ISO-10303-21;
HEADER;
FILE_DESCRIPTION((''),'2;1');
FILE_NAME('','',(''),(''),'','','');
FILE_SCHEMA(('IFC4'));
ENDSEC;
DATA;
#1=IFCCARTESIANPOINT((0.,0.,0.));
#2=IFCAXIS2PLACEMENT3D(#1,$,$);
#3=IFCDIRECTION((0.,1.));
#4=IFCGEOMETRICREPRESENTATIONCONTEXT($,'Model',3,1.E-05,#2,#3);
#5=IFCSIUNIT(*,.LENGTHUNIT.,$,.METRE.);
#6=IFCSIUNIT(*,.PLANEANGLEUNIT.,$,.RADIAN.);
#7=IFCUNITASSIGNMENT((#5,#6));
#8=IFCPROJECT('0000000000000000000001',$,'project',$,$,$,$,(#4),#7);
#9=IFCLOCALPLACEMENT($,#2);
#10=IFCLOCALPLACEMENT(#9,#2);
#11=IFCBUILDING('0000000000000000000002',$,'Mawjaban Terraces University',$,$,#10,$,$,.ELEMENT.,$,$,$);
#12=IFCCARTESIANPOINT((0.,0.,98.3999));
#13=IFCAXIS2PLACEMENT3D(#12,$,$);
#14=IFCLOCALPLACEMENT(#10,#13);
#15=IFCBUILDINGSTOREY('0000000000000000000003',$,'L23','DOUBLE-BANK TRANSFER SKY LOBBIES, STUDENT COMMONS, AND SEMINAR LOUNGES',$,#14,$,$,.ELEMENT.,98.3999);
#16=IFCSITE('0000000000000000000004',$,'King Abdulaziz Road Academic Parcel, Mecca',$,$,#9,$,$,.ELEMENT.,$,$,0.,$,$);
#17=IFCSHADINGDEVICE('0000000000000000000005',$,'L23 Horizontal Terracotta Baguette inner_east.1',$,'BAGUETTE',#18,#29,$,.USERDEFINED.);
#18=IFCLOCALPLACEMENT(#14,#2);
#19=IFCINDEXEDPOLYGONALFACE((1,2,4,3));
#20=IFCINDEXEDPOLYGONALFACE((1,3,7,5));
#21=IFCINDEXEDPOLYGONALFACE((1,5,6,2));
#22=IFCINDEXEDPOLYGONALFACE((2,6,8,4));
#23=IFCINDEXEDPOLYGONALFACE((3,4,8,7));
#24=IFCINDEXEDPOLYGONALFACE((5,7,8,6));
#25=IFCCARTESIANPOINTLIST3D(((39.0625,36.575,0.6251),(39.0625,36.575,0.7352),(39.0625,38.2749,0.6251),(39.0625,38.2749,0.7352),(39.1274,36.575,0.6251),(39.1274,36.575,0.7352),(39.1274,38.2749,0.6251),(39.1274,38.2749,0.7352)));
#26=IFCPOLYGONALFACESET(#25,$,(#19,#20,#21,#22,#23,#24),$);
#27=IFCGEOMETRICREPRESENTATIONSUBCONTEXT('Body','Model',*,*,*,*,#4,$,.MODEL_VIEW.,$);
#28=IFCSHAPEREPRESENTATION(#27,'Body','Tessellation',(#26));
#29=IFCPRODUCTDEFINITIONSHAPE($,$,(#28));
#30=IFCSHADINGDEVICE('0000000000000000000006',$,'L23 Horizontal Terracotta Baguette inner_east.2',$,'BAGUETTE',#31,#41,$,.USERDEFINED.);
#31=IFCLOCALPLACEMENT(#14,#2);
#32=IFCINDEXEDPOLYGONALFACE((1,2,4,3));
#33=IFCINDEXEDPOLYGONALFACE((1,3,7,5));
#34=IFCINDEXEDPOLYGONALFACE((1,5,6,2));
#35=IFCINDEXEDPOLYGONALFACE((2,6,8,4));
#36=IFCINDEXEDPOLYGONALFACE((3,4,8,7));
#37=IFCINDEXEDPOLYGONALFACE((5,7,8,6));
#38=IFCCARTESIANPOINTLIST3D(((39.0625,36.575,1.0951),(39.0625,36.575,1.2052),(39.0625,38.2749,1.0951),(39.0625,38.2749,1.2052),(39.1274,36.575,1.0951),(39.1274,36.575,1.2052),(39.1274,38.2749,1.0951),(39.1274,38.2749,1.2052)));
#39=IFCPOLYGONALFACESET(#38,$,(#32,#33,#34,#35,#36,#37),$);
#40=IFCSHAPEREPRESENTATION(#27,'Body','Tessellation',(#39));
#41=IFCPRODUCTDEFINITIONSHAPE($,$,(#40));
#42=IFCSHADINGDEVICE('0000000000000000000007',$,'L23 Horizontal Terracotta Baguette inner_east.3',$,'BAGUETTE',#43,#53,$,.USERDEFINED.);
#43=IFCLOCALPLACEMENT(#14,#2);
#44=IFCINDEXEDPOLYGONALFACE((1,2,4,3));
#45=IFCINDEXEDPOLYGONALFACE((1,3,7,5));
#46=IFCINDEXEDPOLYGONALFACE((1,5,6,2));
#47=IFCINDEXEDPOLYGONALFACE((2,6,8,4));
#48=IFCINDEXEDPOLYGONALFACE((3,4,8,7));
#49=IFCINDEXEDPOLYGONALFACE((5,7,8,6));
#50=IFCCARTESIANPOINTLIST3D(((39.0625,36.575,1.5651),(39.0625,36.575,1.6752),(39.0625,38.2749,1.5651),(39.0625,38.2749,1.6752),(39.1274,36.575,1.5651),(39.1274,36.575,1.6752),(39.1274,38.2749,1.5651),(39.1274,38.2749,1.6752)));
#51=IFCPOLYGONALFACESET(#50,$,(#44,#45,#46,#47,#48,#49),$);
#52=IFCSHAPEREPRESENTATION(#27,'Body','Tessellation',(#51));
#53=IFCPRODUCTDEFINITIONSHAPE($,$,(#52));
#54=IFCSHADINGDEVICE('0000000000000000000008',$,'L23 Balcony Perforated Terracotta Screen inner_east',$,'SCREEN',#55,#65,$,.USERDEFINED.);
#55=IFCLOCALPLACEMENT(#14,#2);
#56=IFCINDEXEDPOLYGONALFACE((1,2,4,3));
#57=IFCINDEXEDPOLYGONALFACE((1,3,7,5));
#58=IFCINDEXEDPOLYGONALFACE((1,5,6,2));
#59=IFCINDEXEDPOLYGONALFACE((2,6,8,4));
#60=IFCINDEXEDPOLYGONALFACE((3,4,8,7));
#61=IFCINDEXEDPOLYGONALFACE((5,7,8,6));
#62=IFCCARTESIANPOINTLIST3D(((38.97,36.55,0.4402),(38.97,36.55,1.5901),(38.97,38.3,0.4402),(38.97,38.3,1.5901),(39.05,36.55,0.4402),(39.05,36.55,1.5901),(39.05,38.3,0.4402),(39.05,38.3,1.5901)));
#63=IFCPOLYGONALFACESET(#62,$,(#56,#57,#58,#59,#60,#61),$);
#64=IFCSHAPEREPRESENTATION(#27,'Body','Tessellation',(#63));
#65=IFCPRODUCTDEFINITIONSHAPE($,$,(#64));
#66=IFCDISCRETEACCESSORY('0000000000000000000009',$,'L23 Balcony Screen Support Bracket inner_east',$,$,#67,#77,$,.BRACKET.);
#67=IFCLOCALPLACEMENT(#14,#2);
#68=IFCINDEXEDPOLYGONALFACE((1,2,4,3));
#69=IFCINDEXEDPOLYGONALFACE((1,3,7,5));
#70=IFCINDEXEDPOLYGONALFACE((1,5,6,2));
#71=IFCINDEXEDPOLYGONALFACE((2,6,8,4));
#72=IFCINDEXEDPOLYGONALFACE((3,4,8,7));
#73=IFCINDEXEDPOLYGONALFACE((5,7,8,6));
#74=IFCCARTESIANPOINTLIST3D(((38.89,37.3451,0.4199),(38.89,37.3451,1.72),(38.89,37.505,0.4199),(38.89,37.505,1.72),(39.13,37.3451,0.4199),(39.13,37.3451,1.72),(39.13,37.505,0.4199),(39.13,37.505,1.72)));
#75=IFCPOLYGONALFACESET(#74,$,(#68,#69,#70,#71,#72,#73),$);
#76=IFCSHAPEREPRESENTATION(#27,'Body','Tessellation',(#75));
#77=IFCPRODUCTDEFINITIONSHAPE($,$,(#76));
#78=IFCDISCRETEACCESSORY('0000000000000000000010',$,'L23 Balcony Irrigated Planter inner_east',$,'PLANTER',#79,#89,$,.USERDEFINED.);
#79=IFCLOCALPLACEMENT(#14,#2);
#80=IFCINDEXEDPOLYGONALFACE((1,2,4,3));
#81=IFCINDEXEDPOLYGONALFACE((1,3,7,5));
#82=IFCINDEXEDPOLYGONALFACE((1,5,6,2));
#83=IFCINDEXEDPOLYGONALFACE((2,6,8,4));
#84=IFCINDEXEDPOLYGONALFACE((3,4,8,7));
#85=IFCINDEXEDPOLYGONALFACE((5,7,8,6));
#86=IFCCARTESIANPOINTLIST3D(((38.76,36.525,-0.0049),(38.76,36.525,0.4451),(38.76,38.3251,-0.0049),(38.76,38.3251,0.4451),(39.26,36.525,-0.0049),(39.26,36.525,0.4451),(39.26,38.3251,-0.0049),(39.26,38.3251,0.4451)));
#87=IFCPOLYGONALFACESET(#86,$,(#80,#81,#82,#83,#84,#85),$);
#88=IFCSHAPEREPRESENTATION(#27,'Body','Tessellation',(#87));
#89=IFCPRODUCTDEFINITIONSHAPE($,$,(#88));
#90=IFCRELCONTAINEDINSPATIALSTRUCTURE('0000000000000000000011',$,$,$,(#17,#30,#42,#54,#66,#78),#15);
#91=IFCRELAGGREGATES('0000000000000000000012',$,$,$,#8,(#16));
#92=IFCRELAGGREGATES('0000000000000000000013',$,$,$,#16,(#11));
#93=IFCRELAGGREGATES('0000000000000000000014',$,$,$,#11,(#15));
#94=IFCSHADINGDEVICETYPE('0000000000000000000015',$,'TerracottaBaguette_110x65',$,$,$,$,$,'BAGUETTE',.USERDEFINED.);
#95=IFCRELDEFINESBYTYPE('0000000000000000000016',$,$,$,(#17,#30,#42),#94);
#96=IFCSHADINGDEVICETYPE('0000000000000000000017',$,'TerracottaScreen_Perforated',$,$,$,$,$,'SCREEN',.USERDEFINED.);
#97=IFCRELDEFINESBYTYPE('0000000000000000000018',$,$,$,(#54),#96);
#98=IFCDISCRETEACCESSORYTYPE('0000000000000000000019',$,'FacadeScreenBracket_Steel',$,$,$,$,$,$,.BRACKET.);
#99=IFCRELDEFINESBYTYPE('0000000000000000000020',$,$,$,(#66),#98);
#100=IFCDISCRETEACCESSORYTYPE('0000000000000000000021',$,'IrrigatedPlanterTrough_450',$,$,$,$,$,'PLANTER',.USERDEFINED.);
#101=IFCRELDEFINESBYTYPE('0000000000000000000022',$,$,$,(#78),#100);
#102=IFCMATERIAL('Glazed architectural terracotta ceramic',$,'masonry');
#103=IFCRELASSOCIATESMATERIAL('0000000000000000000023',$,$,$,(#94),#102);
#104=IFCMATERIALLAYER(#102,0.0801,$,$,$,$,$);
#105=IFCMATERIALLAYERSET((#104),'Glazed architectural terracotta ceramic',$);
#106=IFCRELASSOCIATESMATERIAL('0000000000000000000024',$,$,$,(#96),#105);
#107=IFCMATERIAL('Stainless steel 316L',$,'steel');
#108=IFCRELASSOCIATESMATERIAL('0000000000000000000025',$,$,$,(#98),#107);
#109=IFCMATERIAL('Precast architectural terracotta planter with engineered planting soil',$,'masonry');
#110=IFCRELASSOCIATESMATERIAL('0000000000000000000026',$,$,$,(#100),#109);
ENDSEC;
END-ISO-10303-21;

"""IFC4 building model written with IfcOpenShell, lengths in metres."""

from ifc_helpers import new_model, si_unit, direction, frame, origin, origin_2d, place, context, subcontext, project, spatial, rectangle, extrude, material, layer, layer_set, material_profile, profile_set, type_object, element, save


model = new_model("IFC4")

# Units and contexts
model_context = context("Model", 3, precision=1e-05, world=origin(), true_north=direction((0.0, 1.0)))
body_context = subcontext(model_context, "Body", "Model", "MODEL_VIEW")
ifc_project = project(units=[si_unit("LENGTHUNIT", "METRE"), si_unit("PLANEANGLEUNIT", "RADIAN")], contexts=[model_context])

# Site, building, storey
site_placement = place(None, origin())
site = spatial("IfcSite", under=ifc_project, at=site_placement, Name="King Abdulaziz Road Academic Parcel, Mecca", CompositionType="ELEMENT", RefElevation=0.0)
building_placement = place(site_placement, origin())
building = spatial("IfcBuilding", under=site, at=building_placement, Name="Mawjaban Terraces University", CompositionType="ELEMENT")
storey_placement = place(building_placement, frame((0.0, 0.0, 98.3999)))
storey = spatial("IfcBuildingStorey", under=building, at=storey_placement, Name="L23", Description="DOUBLE-BANK TRANSFER SKY LOBBIES, STUDENT COMMONS, AND SEMINAR LOUNGES", CompositionType="ELEMENT", Elevation=98.3999)

# Shading devices
ifc_material_1 = material(Name="Glazed architectural terracotta ceramic", Category="masonry")
ifc_material_profile_1 = material_profile(ifc_material_1, rectangle(XDim=0.0649, YDim=0.1101, at=origin_2d()), Name="TBAG110X65")
ifc_profile_set_1 = profile_set([ifc_material_profile_1], Name="Glazed architectural terracotta ceramic")
shading_device_type_1 = type_object("IfcShadingDeviceType", Name="TerracottaBaguette_110x65", ElementType="BAGUETTE", PredefinedType="USERDEFINED", material=ifc_profile_set_1)
for number, where, z_axis, x_axis, name in (
    (1, (39.095, 36.575, 0.6802), (0.0, 1.0, 0.0), (-1.0, 0.0, 0.0), "L23 Horizontal Terracotta Baguette inner_east.1"),
    (2, (39.095, 36.575, 1.1501), (0.0, 1.0, 0.0), (-1.0, 0.0, 0.0), "L23 Horizontal Terracotta Baguette inner_east.2"),
    (3, (39.095, 36.575, 1.6201), (0.0, 1.0, 0.0), (-1.0, 0.0, 0.0), "L23 Horizontal Terracotta Baguette inner_east.3"),
):
    element("IfcShadingDevice", number, at=place(storey_placement, frame(where, z_axis=z_axis, x_axis=x_axis)), inside=storey, type_object=shading_device_type_1, Name=name, ObjectType="BAGUETTE", PredefinedType="USERDEFINED", context=body_context, shape_type="SweptSolid", body=[
        extrude(rectangle(XDim=0.0649, YDim=0.1101, at=origin_2d()), origin(), (0.0, 0.0, 1.0), 1.7),
    ])
ifc_layer_1 = layer(ifc_material_1, 0.0801)
ifc_layer_set_1 = layer_set([ifc_layer_1], Name="Glazed architectural terracotta ceramic")
shading_device_type_2 = type_object("IfcShadingDeviceType", Name="TerracottaScreen_Perforated", ElementType="SCREEN", PredefinedType="USERDEFINED", material=ifc_layer_set_1)
shading_device_placement = place(storey_placement, frame((39.01, 37.425, 0.4402), z_axis=(0.0, 0.0, 1.0), x_axis=(0.0, 1.0, 0.0)))
element("IfcShadingDevice", 4, at=shading_device_placement, inside=storey, type_object=shading_device_type_2, Name="L23 Balcony Perforated Terracotta Screen inner_east", ObjectType="SCREEN", PredefinedType="USERDEFINED", context=body_context, shape_type="SweptSolid", body=[
    extrude(rectangle(XDim=1.75, YDim=0.0801, at=origin_2d()), origin(), (0.0, 0.0, 1.0), 1.1499),
])

# Discrete accessories
ifc_material_2 = material(Name="Stainless steel 316L", Category="steel")
discrete_accessory_type_1 = type_object("IfcDiscreteAccessoryType", Name="FacadeScreenBracket_Steel", PredefinedType="BRACKET", material=ifc_material_2)
discrete_accessory_1_placement = place(storey_placement, frame((39.01, 37.425, 0.4199), z_axis=(0.0, 0.0, 1.0), x_axis=(0.0, 1.0, 0.0)))
element("IfcDiscreteAccessory", 5, at=discrete_accessory_1_placement, inside=storey, type_object=discrete_accessory_type_1, Name="L23 Balcony Screen Support Bracket inner_east", PredefinedType="BRACKET", context=body_context, shape_type="SweptSolid", body=[
    extrude(rectangle(XDim=0.1599, YDim=0.24, at=origin_2d()), origin(), (0.0, 0.0, 1.0), 1.3),
])
ifc_material_3 = material(Name="Precast architectural terracotta planter with engineered planting soil", Category="masonry")
discrete_accessory_type_2 = type_object("IfcDiscreteAccessoryType", Name="IrrigatedPlanterTrough_450", ElementType="PLANTER", PredefinedType="USERDEFINED", material=ifc_material_3)
discrete_accessory_2_placement = place(storey_placement, frame((39.01, 37.425, -0.0049), z_axis=(0.0, 0.0, 1.0), x_axis=(0.0, 1.0, 0.0)))
element("IfcDiscreteAccessory", 6, at=discrete_accessory_2_placement, inside=storey, type_object=discrete_accessory_type_2, Name="L23 Balcony Irrigated Planter inner_east", ObjectType="PLANTER", PredefinedType="USERDEFINED", context=body_context, shape_type="SweptSolid", body=[
    extrude(rectangle(XDim=1.8, YDim=0.5, at=origin_2d()), origin(), (0.0, 0.0, 1.0), 0.45),
])

save(model, "model.ifc")
